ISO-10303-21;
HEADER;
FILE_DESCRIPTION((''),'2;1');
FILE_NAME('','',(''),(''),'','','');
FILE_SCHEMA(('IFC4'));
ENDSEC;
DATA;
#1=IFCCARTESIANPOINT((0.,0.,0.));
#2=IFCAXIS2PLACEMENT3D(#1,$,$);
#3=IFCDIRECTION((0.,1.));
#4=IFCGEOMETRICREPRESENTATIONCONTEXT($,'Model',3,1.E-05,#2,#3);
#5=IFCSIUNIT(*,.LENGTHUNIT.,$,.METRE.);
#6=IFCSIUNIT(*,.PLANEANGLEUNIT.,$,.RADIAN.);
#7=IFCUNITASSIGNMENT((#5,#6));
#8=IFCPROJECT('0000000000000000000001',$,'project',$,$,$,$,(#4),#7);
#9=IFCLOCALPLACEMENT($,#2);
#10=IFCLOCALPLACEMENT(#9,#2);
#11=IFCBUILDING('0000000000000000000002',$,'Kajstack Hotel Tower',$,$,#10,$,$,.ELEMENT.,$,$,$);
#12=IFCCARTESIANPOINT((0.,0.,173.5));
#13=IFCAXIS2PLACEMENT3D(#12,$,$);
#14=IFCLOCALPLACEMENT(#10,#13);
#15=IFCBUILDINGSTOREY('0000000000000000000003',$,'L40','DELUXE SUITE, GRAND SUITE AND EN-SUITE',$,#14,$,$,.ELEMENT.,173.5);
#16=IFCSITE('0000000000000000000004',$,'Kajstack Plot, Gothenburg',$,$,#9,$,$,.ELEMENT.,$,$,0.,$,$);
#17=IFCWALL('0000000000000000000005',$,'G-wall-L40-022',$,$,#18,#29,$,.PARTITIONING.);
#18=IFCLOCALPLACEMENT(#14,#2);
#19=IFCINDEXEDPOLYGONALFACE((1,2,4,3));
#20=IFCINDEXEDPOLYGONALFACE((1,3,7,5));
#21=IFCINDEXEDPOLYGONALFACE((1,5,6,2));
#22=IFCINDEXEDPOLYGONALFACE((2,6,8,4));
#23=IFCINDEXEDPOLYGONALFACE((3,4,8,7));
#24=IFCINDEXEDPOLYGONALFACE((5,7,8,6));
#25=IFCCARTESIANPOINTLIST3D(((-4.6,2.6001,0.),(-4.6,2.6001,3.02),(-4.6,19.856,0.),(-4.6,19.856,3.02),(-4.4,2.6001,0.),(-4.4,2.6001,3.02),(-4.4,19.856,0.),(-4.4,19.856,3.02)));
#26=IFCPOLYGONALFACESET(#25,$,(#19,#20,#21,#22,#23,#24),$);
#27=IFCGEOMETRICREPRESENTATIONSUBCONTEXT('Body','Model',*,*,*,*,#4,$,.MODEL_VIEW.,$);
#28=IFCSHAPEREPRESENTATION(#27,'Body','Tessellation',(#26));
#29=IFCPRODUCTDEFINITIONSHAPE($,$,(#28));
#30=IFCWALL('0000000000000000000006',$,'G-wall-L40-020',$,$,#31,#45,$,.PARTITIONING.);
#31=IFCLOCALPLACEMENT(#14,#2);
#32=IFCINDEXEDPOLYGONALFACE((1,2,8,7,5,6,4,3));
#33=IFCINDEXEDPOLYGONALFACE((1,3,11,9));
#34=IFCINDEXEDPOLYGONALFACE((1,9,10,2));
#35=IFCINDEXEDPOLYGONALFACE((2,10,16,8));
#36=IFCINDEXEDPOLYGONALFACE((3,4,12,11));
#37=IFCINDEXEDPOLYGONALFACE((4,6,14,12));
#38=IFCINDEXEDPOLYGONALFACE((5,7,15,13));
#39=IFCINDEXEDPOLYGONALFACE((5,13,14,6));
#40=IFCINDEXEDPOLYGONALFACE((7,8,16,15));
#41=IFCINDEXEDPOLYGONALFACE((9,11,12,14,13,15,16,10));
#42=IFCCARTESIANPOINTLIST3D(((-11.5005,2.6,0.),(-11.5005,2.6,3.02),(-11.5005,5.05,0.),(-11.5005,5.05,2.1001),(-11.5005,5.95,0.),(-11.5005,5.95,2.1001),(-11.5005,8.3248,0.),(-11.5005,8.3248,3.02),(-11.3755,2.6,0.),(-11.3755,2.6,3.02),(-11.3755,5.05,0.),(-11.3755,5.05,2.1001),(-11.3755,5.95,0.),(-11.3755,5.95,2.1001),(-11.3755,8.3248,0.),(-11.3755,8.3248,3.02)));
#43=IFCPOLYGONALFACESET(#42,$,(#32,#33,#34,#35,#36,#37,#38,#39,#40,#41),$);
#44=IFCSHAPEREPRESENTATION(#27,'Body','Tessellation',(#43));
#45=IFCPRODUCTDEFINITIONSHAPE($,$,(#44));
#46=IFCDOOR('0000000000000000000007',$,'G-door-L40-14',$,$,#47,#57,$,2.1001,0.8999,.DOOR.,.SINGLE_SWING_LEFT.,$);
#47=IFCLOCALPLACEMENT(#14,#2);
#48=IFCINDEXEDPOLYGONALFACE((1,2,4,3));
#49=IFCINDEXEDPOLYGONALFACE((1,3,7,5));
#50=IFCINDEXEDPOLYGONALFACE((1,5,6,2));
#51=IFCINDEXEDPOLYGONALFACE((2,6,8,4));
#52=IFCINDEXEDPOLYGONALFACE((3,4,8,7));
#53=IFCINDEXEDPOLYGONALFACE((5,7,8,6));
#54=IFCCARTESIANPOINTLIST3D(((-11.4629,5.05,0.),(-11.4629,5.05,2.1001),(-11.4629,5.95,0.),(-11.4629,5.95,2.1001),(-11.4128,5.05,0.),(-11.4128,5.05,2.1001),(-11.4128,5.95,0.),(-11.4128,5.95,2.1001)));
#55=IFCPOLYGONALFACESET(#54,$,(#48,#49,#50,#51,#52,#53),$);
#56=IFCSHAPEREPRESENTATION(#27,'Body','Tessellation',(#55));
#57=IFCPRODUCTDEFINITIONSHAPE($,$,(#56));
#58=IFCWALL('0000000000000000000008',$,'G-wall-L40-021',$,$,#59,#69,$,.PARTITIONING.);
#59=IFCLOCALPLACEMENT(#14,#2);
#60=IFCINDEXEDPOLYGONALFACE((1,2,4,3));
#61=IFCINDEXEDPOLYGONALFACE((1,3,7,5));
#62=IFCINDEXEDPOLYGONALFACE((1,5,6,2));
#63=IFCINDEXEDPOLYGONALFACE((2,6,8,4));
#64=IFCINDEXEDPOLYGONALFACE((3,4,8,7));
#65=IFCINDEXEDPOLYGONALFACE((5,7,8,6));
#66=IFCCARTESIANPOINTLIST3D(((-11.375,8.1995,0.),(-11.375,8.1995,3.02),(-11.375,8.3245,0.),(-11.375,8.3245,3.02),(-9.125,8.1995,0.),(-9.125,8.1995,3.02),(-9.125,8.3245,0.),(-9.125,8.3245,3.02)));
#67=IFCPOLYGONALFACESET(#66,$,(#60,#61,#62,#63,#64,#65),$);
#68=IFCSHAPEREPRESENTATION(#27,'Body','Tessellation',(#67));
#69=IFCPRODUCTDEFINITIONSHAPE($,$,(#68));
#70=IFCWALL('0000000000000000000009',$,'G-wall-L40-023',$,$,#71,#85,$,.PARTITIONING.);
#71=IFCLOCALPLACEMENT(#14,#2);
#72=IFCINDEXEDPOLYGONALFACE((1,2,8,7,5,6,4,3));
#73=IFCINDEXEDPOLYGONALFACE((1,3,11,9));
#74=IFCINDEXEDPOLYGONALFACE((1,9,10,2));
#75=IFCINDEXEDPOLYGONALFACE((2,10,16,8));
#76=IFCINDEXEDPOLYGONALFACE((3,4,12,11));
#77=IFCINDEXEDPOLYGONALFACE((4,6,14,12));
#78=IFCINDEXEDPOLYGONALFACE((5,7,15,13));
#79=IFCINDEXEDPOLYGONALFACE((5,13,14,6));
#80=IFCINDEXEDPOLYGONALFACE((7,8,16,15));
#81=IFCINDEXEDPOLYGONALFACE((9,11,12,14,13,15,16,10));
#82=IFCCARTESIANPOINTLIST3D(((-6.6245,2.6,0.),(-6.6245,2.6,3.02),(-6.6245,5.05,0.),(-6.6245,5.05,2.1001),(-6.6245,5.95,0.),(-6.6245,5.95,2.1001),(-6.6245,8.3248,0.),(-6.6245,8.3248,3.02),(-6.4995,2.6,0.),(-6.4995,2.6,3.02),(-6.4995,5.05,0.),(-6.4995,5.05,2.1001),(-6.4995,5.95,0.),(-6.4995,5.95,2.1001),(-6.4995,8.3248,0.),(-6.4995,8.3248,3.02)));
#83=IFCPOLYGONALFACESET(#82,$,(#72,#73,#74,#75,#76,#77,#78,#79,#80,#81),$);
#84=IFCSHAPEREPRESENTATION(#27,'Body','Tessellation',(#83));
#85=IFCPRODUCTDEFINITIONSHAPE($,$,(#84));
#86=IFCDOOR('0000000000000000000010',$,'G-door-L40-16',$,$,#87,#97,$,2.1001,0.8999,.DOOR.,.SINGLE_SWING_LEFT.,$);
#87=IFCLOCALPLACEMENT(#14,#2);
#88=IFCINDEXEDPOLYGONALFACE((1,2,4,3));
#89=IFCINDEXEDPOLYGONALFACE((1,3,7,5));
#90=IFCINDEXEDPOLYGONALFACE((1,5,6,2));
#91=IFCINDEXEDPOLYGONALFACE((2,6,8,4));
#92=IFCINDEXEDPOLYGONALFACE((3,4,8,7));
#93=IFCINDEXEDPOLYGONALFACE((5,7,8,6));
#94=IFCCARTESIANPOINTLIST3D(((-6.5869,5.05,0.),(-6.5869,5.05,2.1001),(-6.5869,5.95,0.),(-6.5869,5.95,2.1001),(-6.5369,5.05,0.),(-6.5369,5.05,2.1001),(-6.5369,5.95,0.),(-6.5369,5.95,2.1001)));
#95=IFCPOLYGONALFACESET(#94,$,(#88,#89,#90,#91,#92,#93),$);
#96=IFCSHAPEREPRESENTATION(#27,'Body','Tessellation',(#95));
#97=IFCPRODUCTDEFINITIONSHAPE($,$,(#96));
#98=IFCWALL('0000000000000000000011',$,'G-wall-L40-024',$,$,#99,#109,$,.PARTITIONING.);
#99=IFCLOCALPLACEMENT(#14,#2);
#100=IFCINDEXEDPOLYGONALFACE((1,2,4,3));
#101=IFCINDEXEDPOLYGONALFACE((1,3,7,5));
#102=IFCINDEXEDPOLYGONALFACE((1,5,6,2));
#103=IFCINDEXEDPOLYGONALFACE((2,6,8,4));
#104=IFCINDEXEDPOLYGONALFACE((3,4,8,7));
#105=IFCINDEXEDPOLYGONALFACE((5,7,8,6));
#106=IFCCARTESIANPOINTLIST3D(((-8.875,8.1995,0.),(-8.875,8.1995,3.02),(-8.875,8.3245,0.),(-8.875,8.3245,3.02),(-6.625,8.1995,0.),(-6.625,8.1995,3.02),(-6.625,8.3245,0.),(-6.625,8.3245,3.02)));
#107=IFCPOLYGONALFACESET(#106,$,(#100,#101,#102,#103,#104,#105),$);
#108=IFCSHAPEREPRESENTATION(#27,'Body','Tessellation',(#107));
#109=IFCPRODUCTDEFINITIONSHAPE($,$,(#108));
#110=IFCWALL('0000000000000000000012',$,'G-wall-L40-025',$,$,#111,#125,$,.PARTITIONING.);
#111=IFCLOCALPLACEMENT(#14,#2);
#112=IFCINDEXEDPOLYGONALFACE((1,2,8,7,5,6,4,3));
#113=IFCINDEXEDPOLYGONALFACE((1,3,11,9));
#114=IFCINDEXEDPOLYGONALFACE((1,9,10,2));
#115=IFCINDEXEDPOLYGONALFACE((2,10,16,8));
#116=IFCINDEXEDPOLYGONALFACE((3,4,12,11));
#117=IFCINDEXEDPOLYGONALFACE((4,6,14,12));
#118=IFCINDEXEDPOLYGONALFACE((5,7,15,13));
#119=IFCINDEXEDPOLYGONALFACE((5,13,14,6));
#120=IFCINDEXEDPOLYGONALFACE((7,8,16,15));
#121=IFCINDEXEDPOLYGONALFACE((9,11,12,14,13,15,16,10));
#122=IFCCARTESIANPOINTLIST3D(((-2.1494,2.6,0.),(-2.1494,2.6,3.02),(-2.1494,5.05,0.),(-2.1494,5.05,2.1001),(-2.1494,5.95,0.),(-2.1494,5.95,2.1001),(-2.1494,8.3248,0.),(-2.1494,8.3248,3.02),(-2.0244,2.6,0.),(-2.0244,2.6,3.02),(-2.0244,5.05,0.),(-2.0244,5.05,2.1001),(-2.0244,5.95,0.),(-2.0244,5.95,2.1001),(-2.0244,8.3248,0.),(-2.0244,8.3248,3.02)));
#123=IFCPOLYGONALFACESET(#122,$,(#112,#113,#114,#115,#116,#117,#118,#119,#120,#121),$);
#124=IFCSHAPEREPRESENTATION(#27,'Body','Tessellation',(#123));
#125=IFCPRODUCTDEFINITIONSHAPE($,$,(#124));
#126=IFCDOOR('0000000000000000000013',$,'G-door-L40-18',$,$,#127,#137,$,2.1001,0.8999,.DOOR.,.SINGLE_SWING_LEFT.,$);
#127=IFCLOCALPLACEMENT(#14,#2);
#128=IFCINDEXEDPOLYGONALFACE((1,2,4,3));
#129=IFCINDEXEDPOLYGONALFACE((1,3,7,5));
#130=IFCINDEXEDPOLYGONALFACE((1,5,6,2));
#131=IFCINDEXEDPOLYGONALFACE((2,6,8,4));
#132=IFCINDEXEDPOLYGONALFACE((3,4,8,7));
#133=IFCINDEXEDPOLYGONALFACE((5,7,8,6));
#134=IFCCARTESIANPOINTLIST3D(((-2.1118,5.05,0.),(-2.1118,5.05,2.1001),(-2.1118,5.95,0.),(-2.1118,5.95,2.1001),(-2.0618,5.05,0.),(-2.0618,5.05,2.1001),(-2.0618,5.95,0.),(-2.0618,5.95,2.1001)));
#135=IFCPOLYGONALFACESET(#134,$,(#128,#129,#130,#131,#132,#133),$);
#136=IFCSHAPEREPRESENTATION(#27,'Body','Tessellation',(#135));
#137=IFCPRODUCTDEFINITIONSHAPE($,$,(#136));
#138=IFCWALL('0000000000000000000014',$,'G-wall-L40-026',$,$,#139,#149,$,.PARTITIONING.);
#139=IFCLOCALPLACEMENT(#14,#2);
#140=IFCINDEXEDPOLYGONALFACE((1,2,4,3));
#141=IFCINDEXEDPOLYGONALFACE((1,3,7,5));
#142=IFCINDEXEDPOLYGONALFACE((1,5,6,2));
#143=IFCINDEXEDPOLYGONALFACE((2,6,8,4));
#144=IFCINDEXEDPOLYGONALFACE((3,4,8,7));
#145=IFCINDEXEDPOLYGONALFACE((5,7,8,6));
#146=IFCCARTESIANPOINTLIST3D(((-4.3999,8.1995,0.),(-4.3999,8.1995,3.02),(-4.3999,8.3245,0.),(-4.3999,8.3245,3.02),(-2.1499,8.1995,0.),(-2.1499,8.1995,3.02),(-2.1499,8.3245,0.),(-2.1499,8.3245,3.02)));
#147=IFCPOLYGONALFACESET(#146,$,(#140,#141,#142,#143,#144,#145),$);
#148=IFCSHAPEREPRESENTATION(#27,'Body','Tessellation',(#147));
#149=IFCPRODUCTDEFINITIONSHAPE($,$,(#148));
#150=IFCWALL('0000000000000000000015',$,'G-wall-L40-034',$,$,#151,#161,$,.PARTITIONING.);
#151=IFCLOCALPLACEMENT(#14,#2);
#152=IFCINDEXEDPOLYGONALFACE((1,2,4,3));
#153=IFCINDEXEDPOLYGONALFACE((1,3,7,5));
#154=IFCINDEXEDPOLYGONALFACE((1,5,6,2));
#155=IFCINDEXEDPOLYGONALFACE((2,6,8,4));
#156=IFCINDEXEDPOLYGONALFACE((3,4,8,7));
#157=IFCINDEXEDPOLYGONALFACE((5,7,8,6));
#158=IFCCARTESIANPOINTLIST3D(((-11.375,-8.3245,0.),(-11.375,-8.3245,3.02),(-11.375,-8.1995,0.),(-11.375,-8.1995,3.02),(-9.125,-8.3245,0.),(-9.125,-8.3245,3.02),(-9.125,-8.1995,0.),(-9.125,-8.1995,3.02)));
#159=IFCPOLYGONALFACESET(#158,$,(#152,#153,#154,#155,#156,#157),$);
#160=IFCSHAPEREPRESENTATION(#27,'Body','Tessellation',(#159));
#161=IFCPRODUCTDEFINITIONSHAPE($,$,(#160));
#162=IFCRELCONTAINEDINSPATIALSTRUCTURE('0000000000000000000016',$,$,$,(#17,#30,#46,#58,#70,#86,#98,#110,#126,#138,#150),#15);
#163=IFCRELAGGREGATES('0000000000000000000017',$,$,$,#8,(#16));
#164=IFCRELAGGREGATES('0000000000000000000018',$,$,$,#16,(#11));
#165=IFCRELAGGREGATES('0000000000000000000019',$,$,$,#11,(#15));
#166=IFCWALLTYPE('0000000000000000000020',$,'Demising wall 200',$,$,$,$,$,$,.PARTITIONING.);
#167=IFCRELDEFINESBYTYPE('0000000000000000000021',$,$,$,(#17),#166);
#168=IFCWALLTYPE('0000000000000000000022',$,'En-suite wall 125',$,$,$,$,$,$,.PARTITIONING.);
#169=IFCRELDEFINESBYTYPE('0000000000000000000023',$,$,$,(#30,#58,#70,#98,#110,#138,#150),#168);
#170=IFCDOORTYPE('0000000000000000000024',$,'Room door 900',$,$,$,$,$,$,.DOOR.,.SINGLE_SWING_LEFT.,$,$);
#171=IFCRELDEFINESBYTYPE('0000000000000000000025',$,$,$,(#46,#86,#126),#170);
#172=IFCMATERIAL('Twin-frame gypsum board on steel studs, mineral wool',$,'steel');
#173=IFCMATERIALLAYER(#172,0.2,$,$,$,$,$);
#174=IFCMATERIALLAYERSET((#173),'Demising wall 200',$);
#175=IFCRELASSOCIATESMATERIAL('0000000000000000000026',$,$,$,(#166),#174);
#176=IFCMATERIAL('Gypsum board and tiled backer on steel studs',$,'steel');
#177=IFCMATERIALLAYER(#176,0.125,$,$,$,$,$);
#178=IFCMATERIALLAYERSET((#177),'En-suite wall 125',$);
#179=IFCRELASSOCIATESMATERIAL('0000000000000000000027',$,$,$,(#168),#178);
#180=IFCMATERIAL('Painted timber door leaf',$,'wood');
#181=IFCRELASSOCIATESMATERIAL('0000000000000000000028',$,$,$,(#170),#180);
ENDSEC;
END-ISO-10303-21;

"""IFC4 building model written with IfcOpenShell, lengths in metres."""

from ifc_helpers import new_model, si_unit, direction, frame, frame_2d, origin, place, context, subcontext, project, spatial, rectangle, extrude, material, layer, layer_set, type_object, element, fill, save


model = new_model("IFC4")

# Units and contexts
model_context = context("Model", 3, precision=1e-05, world=origin(), true_north=direction((0.0, 1.0)))
body_context = subcontext(model_context, "Body", "Model", "MODEL_VIEW")
ifc_project = project(units=[si_unit("LENGTHUNIT", "METRE"), si_unit("PLANEANGLEUNIT", "RADIAN")], contexts=[model_context])

# Site, building, storey
site_placement = place(None, origin())
site = spatial("IfcSite", under=ifc_project, at=site_placement, Name="Kajstack Plot, Gothenburg", CompositionType="ELEMENT", RefElevation=0.0)
building_placement = place(site_placement, origin())
building = spatial("IfcBuilding", under=site, at=building_placement, Name="Kajstack Hotel Tower", CompositionType="ELEMENT")
storey_placement = place(building_placement, frame((0.0, 0.0, 173.5)))
storey = spatial("IfcBuildingStorey", under=building, at=storey_placement, Name="L40", Description="DELUXE SUITE, GRAND SUITE AND EN-SUITE", CompositionType="ELEMENT", Elevation=173.5)

# Wall
ifc_material_1 = material(Name="Twin-frame gypsum board on steel studs, mineral wool", Category="steel")
ifc_layer_1 = layer(ifc_material_1, 0.2)
ifc_layer_set_1 = layer_set([ifc_layer_1], Name="Demising wall 200")
wall_type_1 = type_object("IfcWallType", Name="Demising wall 200", PredefinedType="PARTITIONING", material=ifc_layer_set_1)
wall_1_placement = place(storey_placement, frame((-4.5, 2.6001, 0.0), z_axis=(0.0, 0.0, 1.0), x_axis=(0.0, 1.0, 0.0)))
element("IfcWall", 1, at=wall_1_placement, inside=storey, type_object=wall_type_1, Name="G-wall-L40-022", PredefinedType="PARTITIONING", context=body_context, shape_type="SweptSolid", body=[
    extrude(rectangle(XDim=17.2559, YDim=0.2, at=frame_2d((8.6279, 0.0))), origin(), (0.0, 0.0, 1.0), 3.02),
])

# Wall, opening, door
ifc_material_2 = material(Name="Gypsum board and tiled backer on steel studs", Category="steel")
ifc_layer_2 = layer(ifc_material_2, 0.125)
ifc_layer_set_2 = layer_set([ifc_layer_2], Name="En-suite wall 125")
wall_type_2 = type_object("IfcWallType", Name="En-suite wall 125", PredefinedType="PARTITIONING", material=ifc_layer_set_2)
wall_2_placement = place(storey_placement, frame((-11.438, 2.6001, 0.0), z_axis=(0.0, 0.0, 1.0), x_axis=(0.0, 1.0, 0.0)))
wall_2 = element("IfcWall", 2, at=wall_2_placement, inside=storey, type_object=wall_type_2, Name="G-wall-L40-020", PredefinedType="PARTITIONING", context=body_context, shape_type="SweptSolid", body=[
    extrude(rectangle(XDim=5.7249, YDim=0.125, at=frame_2d((2.8623, 0.0))), origin(), (0.0, 0.0, 1.0), 3.02),
])
opening_1_placement = place(wall_2_placement, frame((2.45, 0.0, 0.0)))
opening_1 = element("IfcOpeningElement", 3, at=opening_1_placement, cuts=wall_2, PredefinedType="OPENING", context=body_context, shape_type="SweptSolid", body=[
    extrude(rectangle(XDim=0.8999, YDim=2.1001, at=frame_2d((0.45, 1.05))), frame((0.0, 0.0725, 0.0), z_axis=(0.0, -1.0, 0.0), x_axis=(1.0, 0.0, 0.0)), (0.0, 0.0, 1.0), 0.145),
])
ifc_material_3 = material(Name="Painted timber door leaf", Category="wood")
door_type = type_object("IfcDoorType", Name="Room door 900", OperationType="SINGLE_SWING_LEFT", PredefinedType="DOOR", material=ifc_material_3)
door_1_placement = place(opening_1_placement, origin())
door_1 = element("IfcDoor", 4, at=door_1_placement, inside=storey, type_object=door_type, Name="G-door-L40-14", OperationType="SINGLE_SWING_LEFT", OverallHeight=2.1001, OverallWidth=0.8999, PredefinedType="DOOR", context=body_context, shape_type="SweptSolid", body=[
    extrude(rectangle(XDim=0.8999, YDim=2.1001, at=frame_2d((0.45, 1.05))), frame((0.0, 0.0249, 0.0), z_axis=(0.0, -1.0, 0.0), x_axis=(1.0, 0.0, 0.0)), (0.0, 0.0, 1.0), 0.05),
])
fill(opening_1, door_1)

# Wall
wall_3_placement = place(storey_placement, frame((-11.375, 8.262, 0.0), z_axis=(0.0, 0.0, 1.0), x_axis=(1.0, 0.0, 0.0)))
element("IfcWall", 5, at=wall_3_placement, inside=storey, type_object=wall_type_2, Name="G-wall-L40-021", PredefinedType="PARTITIONING", context=body_context, shape_type="SweptSolid", body=[
    extrude(rectangle(XDim=2.25, YDim=0.125, at=frame_2d((1.125, 0.0))), origin(), (0.0, 0.0, 1.0), 3.02),
])

# Wall, opening, door
wall_4_placement = place(storey_placement, frame((-6.562, 2.6001, 0.0), z_axis=(0.0, 0.0, 1.0), x_axis=(0.0, 1.0, 0.0)))
wall_4 = element("IfcWall", 6, at=wall_4_placement, inside=storey, type_object=wall_type_2, Name="G-wall-L40-023", PredefinedType="PARTITIONING", context=body_context, shape_type="SweptSolid", body=[
    extrude(rectangle(XDim=5.7249, YDim=0.125, at=frame_2d((2.8623, 0.0))), origin(), (0.0, 0.0, 1.0), 3.02),
])
opening_2_placement = place(wall_4_placement, frame((2.45, 0.0, 0.0)))
opening_2 = element("IfcOpeningElement", 7, at=opening_2_placement, cuts=wall_4, PredefinedType="OPENING", context=body_context, shape_type="SweptSolid", body=[
    extrude(rectangle(XDim=0.8999, YDim=2.1001, at=frame_2d((0.45, 1.05))), frame((0.0, 0.0725, 0.0), z_axis=(0.0, -1.0, 0.0), x_axis=(1.0, 0.0, 0.0)), (0.0, 0.0, 1.0), 0.145),
])
door_2_placement = place(opening_2_placement, origin())
door_2 = element("IfcDoor", 8, at=door_2_placement, inside=storey, type_object=door_type, Name="G-door-L40-16", OperationType="SINGLE_SWING_LEFT", OverallHeight=2.1001, OverallWidth=0.8999, PredefinedType="DOOR", context=body_context, shape_type="SweptSolid", body=[
    extrude(rectangle(XDim=0.8999, YDim=2.1001, at=frame_2d((0.45, 1.05))), frame((0.0, 0.0249, 0.0), z_axis=(0.0, -1.0, 0.0), x_axis=(1.0, 0.0, 0.0)), (0.0, 0.0, 1.0), 0.05),
])
fill(opening_2, door_2)

# Wall
wall_5_placement = place(storey_placement, frame((-8.875, 8.262, 0.0), z_axis=(0.0, 0.0, 1.0), x_axis=(1.0, 0.0, 0.0)))
element("IfcWall", 9, at=wall_5_placement, inside=storey, type_object=wall_type_2, Name="G-wall-L40-024", PredefinedType="PARTITIONING", context=body_context, shape_type="SweptSolid", body=[
    extrude(rectangle(XDim=2.25, YDim=0.125, at=frame_2d((1.125, 0.0))), origin(), (0.0, 0.0, 1.0), 3.02),
])

# Wall, opening, door
wall_6_placement = place(storey_placement, frame((-2.0869, 2.6001, 0.0), z_axis=(0.0, 0.0, 1.0), x_axis=(0.0, 1.0, 0.0)))
wall_6 = element("IfcWall", 10, at=wall_6_placement, inside=storey, type_object=wall_type_2, Name="G-wall-L40-025", PredefinedType="PARTITIONING", context=body_context, shape_type="SweptSolid", body=[
    extrude(rectangle(XDim=5.7249, YDim=0.125, at=frame_2d((2.8623, 0.0))), origin(), (0.0, 0.0, 1.0), 3.02),
])
opening_3_placement = place(wall_6_placement, frame((2.45, 0.0, 0.0)))
opening_3 = element("IfcOpeningElement", 11, at=opening_3_placement, cuts=wall_6, PredefinedType="OPENING", context=body_context, shape_type="SweptSolid", body=[
    extrude(rectangle(XDim=0.8999, YDim=2.1001, at=frame_2d((0.45, 1.05))), frame((0.0, 0.0725, 0.0), z_axis=(0.0, -1.0, 0.0), x_axis=(1.0, 0.0, 0.0)), (0.0, 0.0, 1.0), 0.145),
])
door_3_placement = place(opening_3_placement, origin())
door_3 = element("IfcDoor", 12, at=door_3_placement, inside=storey, type_object=door_type, Name="G-door-L40-18", OperationType="SINGLE_SWING_LEFT", OverallHeight=2.1001, OverallWidth=0.8999, PredefinedType="DOOR", context=body_context, shape_type="SweptSolid", body=[
    extrude(rectangle(XDim=0.8999, YDim=2.1001, at=frame_2d((0.45, 1.05))), frame((0.0, 0.0249, 0.0), z_axis=(0.0, -1.0, 0.0), x_axis=(1.0, 0.0, 0.0)), (0.0, 0.0, 1.0), 0.05),
])
fill(opening_3, door_3)

# Walls
for number, where, z_axis, x_axis, name in (
    (13, (-4.3999, 8.262, 0.0), (0.0, 0.0, 1.0), (1.0, 0.0, 0.0), "G-wall-L40-026"),
    (14, (-11.375, -8.262, 0.0), (0.0, 0.0, 1.0), (1.0, 0.0, 0.0), "G-wall-L40-034"),
):
    element("IfcWall", number, at=place(storey_placement, frame(where, z_axis=z_axis, x_axis=x_axis)), inside=storey, type_object=wall_type_2, Name=name, PredefinedType="PARTITIONING", context=body_context, shape_type="SweptSolid", body=[
        extrude(rectangle(XDim=2.25, YDim=0.125, at=frame_2d((1.125, 0.0))), origin(), (0.0, 0.0, 1.0), 3.02),
    ])

save(model, "model.ifc")
